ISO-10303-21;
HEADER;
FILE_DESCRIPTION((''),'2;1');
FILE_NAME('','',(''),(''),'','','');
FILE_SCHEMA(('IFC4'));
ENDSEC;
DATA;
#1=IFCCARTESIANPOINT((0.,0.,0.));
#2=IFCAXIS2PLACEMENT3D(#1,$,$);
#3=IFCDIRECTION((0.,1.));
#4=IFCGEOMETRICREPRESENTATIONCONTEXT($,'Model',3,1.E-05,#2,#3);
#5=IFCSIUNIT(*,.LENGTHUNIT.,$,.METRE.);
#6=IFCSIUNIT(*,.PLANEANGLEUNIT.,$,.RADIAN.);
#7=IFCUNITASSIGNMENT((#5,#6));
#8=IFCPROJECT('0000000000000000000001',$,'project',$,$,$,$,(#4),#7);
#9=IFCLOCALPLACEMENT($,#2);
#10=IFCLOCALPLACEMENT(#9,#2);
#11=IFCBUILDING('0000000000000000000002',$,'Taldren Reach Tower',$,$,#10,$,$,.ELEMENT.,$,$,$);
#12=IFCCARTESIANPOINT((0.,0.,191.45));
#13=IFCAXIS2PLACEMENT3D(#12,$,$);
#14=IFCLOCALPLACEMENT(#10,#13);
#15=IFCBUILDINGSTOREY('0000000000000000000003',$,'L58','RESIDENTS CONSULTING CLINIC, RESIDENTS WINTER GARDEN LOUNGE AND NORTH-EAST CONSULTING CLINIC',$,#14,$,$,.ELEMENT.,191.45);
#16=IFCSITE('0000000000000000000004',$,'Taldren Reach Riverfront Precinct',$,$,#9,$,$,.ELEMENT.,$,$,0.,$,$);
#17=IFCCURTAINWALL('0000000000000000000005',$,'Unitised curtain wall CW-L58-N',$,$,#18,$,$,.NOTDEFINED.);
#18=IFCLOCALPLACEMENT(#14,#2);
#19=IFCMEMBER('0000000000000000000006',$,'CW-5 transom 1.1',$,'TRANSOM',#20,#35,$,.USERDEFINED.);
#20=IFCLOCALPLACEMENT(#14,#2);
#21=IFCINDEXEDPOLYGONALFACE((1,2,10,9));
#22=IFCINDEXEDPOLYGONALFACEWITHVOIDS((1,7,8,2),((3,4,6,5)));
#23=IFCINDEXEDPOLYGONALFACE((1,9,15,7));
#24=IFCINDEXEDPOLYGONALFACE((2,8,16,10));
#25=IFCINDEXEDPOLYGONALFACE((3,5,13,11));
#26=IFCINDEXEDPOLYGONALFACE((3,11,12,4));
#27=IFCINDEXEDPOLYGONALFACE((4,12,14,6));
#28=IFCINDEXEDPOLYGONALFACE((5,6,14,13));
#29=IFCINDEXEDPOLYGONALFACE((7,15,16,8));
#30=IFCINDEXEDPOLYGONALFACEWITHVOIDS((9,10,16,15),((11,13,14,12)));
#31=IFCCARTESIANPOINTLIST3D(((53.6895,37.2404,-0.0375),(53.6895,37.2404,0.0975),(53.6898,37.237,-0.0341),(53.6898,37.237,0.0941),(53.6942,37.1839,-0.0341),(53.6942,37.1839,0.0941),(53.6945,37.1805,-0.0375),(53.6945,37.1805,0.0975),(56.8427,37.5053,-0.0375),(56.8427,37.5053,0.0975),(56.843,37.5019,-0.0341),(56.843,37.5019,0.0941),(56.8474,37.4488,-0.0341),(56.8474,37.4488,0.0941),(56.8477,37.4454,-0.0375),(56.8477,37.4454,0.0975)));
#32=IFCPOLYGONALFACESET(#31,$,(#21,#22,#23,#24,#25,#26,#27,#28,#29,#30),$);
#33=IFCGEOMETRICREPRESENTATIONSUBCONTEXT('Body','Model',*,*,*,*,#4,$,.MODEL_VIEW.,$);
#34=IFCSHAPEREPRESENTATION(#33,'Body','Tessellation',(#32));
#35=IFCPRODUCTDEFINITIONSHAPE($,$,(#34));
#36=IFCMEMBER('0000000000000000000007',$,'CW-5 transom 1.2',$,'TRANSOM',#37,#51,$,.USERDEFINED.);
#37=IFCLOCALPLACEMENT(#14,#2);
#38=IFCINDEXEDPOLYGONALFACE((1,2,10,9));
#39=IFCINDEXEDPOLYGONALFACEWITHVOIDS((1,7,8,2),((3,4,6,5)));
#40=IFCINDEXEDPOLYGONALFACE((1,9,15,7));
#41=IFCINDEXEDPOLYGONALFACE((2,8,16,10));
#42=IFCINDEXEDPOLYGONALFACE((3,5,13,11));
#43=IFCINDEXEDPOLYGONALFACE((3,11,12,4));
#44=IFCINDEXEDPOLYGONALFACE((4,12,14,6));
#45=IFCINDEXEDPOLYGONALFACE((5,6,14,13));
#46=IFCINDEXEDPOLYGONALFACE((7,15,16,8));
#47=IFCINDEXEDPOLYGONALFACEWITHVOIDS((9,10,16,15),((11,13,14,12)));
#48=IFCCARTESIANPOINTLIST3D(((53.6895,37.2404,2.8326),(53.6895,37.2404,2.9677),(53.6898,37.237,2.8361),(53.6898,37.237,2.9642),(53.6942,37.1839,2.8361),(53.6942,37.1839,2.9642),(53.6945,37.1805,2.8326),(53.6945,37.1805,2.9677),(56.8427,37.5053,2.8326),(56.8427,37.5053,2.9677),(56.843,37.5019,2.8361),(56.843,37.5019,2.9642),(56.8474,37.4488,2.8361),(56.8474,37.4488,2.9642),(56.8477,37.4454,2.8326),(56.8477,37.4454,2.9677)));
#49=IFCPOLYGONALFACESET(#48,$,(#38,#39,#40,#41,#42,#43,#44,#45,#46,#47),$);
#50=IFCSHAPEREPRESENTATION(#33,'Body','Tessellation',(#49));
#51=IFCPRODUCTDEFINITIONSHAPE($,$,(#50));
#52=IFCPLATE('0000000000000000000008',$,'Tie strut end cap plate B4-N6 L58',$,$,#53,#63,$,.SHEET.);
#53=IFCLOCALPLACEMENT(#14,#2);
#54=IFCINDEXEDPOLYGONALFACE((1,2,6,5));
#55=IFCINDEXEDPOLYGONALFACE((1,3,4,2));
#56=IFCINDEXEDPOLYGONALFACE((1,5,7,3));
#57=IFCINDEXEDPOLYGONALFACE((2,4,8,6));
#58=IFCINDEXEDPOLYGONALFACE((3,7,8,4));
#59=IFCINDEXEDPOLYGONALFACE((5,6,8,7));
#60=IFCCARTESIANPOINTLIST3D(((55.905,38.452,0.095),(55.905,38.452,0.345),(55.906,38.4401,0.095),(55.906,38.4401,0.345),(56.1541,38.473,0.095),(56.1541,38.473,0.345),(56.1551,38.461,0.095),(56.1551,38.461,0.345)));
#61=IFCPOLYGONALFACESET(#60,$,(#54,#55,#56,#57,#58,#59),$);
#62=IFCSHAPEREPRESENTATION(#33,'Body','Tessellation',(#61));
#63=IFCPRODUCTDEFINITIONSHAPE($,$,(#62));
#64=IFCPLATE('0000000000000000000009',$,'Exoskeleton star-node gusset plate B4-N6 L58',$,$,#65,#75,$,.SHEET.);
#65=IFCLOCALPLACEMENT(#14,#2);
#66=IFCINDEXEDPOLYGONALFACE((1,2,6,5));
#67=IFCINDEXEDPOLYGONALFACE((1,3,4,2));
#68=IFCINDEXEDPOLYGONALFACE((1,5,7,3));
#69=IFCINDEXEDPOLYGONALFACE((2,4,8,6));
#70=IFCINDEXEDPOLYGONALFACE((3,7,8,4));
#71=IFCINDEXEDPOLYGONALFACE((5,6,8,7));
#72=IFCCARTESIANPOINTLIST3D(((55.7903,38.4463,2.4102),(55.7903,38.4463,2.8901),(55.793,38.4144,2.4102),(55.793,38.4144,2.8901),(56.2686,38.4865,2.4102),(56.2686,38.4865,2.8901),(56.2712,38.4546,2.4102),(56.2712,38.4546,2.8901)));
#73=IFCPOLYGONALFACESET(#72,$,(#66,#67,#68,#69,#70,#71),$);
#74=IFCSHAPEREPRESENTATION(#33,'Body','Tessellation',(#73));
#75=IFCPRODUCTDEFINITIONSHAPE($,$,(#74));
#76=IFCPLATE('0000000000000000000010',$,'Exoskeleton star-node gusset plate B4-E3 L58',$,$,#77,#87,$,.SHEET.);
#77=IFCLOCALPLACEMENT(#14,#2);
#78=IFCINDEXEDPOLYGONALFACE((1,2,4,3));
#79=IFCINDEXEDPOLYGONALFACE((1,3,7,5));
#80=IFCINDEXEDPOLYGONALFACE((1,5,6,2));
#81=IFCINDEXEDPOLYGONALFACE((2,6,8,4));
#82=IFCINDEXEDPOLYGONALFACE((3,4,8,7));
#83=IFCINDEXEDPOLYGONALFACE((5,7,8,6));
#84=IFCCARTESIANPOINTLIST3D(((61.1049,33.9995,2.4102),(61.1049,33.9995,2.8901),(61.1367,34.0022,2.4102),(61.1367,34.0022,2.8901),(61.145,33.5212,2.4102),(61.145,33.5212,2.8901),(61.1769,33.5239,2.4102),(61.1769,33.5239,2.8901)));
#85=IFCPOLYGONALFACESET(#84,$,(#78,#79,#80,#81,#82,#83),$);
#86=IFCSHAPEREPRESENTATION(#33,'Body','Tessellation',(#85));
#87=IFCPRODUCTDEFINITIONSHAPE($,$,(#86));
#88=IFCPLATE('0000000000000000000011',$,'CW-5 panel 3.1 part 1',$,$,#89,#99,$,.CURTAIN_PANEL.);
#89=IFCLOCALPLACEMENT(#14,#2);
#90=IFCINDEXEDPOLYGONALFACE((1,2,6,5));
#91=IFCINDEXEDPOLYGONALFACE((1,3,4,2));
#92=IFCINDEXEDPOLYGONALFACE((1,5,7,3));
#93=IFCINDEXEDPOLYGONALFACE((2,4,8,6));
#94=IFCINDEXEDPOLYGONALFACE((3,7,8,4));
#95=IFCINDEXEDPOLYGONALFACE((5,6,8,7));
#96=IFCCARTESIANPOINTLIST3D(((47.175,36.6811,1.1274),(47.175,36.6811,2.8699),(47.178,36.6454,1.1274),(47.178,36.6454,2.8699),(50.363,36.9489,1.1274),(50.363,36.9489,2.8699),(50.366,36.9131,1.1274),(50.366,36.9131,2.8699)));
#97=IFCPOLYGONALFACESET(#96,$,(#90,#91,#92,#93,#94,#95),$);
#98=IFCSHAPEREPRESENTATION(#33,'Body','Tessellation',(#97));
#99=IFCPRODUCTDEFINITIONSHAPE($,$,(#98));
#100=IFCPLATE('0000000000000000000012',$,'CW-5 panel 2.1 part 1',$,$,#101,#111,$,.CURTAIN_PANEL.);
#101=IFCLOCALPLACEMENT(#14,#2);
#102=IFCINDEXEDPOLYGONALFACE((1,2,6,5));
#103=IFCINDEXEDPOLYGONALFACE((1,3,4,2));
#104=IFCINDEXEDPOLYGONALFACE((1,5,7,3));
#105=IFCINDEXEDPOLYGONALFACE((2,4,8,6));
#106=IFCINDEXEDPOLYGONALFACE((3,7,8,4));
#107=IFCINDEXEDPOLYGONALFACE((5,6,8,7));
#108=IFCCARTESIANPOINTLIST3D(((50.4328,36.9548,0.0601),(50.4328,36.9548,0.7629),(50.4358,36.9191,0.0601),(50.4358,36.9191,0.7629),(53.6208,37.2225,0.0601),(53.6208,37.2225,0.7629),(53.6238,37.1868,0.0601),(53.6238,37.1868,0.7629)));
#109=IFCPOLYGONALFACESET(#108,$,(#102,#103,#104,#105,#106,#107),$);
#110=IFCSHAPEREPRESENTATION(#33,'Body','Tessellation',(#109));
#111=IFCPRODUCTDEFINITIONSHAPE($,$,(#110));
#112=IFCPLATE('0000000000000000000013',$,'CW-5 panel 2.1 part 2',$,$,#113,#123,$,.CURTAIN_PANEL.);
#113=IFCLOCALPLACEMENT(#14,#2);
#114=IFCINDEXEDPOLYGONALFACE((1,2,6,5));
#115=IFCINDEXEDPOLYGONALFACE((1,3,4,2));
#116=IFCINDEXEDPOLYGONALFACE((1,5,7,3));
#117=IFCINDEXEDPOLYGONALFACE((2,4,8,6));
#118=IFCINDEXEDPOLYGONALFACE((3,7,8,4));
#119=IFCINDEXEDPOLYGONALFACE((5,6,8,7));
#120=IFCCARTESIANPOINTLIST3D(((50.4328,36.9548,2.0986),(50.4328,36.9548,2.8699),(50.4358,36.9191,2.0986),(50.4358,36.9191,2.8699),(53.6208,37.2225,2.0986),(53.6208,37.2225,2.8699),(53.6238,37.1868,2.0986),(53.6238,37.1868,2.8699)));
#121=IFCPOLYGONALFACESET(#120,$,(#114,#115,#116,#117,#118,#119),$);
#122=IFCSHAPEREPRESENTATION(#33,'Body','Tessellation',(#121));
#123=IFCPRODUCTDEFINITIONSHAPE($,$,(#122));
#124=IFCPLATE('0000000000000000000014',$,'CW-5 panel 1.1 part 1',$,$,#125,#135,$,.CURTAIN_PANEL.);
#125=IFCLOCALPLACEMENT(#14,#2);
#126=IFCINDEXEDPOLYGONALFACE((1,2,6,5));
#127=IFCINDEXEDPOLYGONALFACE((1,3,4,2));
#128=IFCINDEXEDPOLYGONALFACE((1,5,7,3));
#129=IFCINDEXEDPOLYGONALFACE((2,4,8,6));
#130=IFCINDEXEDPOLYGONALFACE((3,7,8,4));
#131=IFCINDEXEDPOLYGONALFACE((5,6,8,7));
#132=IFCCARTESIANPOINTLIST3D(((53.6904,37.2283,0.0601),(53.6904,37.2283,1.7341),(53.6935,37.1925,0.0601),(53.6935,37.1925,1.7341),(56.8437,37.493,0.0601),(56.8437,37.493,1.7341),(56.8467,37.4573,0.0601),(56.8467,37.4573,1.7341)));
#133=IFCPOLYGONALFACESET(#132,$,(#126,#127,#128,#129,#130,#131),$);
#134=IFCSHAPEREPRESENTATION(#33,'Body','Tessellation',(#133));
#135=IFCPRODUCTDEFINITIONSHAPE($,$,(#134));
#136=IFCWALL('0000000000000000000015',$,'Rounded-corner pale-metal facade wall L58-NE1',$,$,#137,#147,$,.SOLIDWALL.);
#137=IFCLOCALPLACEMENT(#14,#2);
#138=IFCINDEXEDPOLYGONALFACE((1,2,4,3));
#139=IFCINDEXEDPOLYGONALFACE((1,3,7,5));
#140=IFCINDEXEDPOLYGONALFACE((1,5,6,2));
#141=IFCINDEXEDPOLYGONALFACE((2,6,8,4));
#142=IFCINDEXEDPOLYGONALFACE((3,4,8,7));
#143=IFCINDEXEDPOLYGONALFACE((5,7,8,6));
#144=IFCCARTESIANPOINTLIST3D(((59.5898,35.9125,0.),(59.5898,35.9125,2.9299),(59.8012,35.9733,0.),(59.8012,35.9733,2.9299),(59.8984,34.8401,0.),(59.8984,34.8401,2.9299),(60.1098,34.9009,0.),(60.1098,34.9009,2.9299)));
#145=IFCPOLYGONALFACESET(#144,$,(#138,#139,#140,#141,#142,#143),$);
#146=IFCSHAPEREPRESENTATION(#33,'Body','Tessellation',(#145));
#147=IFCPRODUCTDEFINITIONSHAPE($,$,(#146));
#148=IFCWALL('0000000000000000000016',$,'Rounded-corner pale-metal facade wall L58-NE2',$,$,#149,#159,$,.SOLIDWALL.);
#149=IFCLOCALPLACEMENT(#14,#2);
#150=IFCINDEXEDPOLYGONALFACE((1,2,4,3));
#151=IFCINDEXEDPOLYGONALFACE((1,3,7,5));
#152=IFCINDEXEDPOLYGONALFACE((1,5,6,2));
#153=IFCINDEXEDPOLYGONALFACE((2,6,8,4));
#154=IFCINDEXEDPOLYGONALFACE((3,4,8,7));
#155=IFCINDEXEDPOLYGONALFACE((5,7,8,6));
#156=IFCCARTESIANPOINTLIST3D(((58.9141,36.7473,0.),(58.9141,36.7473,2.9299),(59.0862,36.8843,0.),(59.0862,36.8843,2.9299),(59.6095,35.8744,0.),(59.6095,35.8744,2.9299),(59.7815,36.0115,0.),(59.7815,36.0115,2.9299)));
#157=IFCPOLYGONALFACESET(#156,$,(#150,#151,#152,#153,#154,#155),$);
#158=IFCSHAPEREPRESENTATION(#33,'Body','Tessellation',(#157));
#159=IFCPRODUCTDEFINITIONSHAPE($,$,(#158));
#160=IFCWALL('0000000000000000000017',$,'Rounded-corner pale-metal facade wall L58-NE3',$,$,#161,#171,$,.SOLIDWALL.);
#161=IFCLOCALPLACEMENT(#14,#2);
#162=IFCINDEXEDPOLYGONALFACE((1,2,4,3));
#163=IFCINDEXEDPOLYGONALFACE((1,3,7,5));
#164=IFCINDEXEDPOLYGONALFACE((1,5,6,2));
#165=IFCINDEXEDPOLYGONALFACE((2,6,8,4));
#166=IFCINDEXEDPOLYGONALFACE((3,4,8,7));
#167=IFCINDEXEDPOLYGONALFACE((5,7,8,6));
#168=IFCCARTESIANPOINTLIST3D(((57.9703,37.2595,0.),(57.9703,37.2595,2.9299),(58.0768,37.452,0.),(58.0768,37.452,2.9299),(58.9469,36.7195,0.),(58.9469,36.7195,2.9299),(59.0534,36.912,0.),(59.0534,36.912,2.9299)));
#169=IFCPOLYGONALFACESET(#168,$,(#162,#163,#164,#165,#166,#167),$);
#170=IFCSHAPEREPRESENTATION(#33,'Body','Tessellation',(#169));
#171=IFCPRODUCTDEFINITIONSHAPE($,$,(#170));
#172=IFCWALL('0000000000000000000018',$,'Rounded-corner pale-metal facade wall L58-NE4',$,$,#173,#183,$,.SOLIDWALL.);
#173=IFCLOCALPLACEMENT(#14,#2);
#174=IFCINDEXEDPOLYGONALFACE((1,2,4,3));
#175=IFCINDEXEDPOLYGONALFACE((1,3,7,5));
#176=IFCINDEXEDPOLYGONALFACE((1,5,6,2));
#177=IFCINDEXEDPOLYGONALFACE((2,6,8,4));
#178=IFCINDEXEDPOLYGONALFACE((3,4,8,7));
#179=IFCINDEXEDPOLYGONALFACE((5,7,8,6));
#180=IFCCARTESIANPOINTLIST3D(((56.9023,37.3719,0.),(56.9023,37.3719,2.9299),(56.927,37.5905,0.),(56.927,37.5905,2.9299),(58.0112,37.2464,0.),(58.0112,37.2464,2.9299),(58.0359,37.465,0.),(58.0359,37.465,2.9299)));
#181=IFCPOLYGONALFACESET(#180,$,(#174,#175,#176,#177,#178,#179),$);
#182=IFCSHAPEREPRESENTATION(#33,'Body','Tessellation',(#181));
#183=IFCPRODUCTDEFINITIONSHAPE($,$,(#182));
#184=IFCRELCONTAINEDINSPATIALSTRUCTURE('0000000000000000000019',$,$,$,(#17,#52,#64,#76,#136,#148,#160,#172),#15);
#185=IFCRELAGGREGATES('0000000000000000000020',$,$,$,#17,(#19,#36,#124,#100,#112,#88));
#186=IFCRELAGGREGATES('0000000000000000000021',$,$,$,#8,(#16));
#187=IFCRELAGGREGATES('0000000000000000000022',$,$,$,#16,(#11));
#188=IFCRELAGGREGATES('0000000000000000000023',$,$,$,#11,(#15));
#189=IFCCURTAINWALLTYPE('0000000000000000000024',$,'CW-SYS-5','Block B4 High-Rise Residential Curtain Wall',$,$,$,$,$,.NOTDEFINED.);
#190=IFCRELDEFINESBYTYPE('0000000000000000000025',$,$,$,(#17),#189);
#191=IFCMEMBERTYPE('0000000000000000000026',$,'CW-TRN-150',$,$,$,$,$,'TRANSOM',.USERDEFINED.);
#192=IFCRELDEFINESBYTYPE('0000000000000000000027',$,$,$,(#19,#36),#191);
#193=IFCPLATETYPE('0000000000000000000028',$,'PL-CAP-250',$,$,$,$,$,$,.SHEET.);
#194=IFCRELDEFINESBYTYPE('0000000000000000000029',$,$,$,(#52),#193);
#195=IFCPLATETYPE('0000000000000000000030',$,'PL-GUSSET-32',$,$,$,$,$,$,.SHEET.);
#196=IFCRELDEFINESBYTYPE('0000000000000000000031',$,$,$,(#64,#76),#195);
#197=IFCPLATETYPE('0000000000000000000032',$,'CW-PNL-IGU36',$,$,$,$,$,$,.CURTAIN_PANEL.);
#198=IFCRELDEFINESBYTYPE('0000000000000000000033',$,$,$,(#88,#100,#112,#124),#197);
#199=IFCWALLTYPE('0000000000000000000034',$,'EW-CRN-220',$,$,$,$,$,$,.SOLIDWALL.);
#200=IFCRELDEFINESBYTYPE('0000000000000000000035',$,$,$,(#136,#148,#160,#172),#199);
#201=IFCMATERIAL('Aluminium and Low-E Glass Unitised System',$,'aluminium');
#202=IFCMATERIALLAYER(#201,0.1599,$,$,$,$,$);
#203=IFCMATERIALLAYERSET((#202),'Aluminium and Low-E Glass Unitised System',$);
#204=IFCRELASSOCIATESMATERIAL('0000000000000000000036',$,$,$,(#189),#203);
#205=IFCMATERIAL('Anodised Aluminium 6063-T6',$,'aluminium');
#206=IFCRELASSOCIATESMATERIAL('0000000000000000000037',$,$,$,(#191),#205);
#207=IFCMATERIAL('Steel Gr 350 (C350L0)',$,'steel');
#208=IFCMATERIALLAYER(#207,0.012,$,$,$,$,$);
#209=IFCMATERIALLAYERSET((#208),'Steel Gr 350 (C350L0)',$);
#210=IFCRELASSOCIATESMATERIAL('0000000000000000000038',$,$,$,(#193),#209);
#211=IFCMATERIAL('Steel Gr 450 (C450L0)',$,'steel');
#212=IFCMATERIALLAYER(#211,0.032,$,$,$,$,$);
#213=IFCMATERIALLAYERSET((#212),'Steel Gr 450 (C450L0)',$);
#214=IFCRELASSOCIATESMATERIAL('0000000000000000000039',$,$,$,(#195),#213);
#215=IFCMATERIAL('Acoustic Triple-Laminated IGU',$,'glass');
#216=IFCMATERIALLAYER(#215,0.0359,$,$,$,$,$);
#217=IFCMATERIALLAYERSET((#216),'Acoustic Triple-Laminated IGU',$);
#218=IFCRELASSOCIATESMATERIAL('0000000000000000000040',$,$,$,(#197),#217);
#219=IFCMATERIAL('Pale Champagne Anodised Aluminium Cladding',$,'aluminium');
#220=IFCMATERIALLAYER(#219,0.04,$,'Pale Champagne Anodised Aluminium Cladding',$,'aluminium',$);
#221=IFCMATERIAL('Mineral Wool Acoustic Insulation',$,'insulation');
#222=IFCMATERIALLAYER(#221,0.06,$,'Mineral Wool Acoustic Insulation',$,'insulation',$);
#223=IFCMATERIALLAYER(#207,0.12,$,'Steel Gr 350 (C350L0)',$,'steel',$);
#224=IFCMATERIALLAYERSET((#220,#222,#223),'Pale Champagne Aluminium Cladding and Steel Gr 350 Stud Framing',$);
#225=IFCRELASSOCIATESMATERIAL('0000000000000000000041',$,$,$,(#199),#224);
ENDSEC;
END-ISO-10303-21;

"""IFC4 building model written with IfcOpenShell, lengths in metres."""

from ifc_helpers import new_model, si_unit, direction, frame, frame_2d, origin, origin_2d, place, context, subcontext, project, spatial, rectangle, hollow_rectangle, extrude, source, transform, mapped, material, layer, layer_set, material_profile, profile_set, type_object, element, aggregate, save


model = new_model("IFC4")

# Units and contexts
model_context = context("Model", 3, precision=1e-05, world=origin(), true_north=direction((0.0, 1.0)))
body_context = subcontext(model_context, "Body", "Model", "MODEL_VIEW")
ifc_project = project(units=[si_unit("LENGTHUNIT", "METRE"), si_unit("PLANEANGLEUNIT", "RADIAN")], contexts=[model_context])

# Site, building, storey
site_placement = place(None, origin())
site = spatial("IfcSite", under=ifc_project, at=site_placement, Name="Taldren Reach Riverfront Precinct", CompositionType="ELEMENT", RefElevation=0.0)
building_placement = place(site_placement, origin())
building = spatial("IfcBuilding", under=site, at=building_placement, Name="Taldren Reach Tower", CompositionType="ELEMENT")
storey_placement = place(building_placement, frame((0.0, 0.0, 191.45)))
storey = spatial("IfcBuildingStorey", under=building, at=storey_placement, Name="L58", Description="RESIDENTS CONSULTING CLINIC, RESIDENTS WINTER GARDEN LOUNGE AND NORTH-EAST CONSULTING CLINIC", CompositionType="ELEMENT", Elevation=191.45)

# Shared definitions
ifc_material_1 = material(Name="Steel Gr 350 (C350L0)", Category="steel")

# Shared definitions
ifc_material_2 = material(Name="Steel Gr 450 (C450L0)", Category="steel")

# Curtain wall
ifc_material_3 = material(Name="Aluminium and Low-E Glass Unitised System", Category="aluminium")
ifc_layer_1 = layer(ifc_material_3, 0.1599)
ifc_layer_set_1 = layer_set([ifc_layer_1], Name="Aluminium and Low-E Glass Unitised System")
curtain_wall_type = type_object("IfcCurtainWallType", Name="CW-SYS-5", Description="Block B4 High-Rise Residential Curtain Wall", PredefinedType="NOTDEFINED", material=ifc_layer_set_1)
curtain_wall_1_placement = place(storey_placement, origin())
curtain_wall_1 = element("IfcCurtainWall", 1, at=curtain_wall_1_placement, inside=storey, type_object=curtain_wall_type, Name="Unitised curtain wall CW-L58-N", PredefinedType="NOTDEFINED")
ifc_material_4 = material(Name="Anodised Aluminium 6063-T6", Category="aluminium")

# Members
ifc_material_profile_1 = material_profile(ifc_material_4, hollow_rectangle(XDim=0.0601, YDim=0.135, WallThickness=0.0034, at=origin_2d()), Name="ALU-135x60x3.5RHS")
ifc_profile_set_1 = profile_set([ifc_material_profile_1], Name="Anodised Aluminium 6063-T6")
member_type_1 = type_object("IfcMemberType", Name="CW-TRN-150", ElementType="TRANSOM", PredefinedType="USERDEFINED", material=ifc_profile_set_1)
shared_shape_1 = source(origin(), body_context, "Body", "SweptSolid", [
    extrude(hollow_rectangle(XDim=0.0601, YDim=0.135, WallThickness=0.0034, at=origin_2d()), origin(), (0.0, 0.0, 1.0), 3.1643),
])
member_1_placement = place(storey_placement, frame((56.8452, 37.4753, 0.03), z_axis=(-0.99649, -0.083709, 0.0), x_axis=(0.083709, -0.99649, 0.0)))
member_1 = element("IfcMember", 2, at=member_1_placement, type_object=member_type_1, Name="CW-5 transom 1.1", ObjectType="TRANSOM", PredefinedType="USERDEFINED", context=body_context, shape_type="MappedRepresentation", body=[
    mapped(shared_shape_1, transform((0.0, 0.0, 0.0), scale=1.0)),
])
member_2_placement = place(storey_placement, frame((56.8452, 37.4753, 2.9001), z_axis=(-0.99649, -0.083709, 0.0), x_axis=(0.083709, -0.99649, 0.0)))
member_2 = element("IfcMember", 3, at=member_2_placement, type_object=member_type_1, Name="CW-5 transom 1.2", ObjectType="TRANSOM", PredefinedType="USERDEFINED", context=body_context, shape_type="MappedRepresentation", body=[
    mapped(shared_shape_1, transform((0.0, 0.0, 0.0), scale=1.0)),
])

# Plates
ifc_layer_2 = layer(ifc_material_1, 0.012)
ifc_layer_set_2 = layer_set([ifc_layer_2], Name="Steel Gr 350 (C350L0)")
plate_type_1 = type_object("IfcPlateType", Name="PL-CAP-250", PredefinedType="SHEET", material=ifc_layer_set_2)
shared_shape_2 = source(origin(), body_context, "Body", "SweptSolid", [
    extrude(rectangle(XDim=0.25, YDim=0.012, at=origin_2d()), origin(), (0.0, 0.0, 1.0), 0.25),
])
plate_1_placement = place(storey_placement, frame((56.03, 38.4565, 0.095), z_axis=(0.0, 0.0, 1.0), x_axis=(0.996493, 0.083678, 0.0)))
element("IfcPlate", 4, at=plate_1_placement, inside=storey, type_object=plate_type_1, Name="Tie strut end cap plate B4-N6 L58", PredefinedType="SHEET", context=body_context, shape_type="MappedRepresentation", body=[
    mapped(shared_shape_2, transform((0.0, 0.0, 0.0), scale=1.0)),
])
ifc_layer_3 = layer(ifc_material_2, 0.032)
ifc_layer_set_3 = layer_set([ifc_layer_3], Name="Steel Gr 450 (C450L0)")
plate_type_2 = type_object("IfcPlateType", Name="PL-GUSSET-32", PredefinedType="SHEET", material=ifc_layer_set_3)
shared_shape_3 = source(origin(), body_context, "Body", "SweptSolid", [
    extrude(rectangle(XDim=0.48, YDim=0.032, at=origin_2d()), origin(), (0.0, 0.0, 1.0), 0.48),
])
for number, where, z_axis, x_axis, name in (
    (5, (56.0308, 38.4504, 2.4102), (0.0, 0.0, 1.0), (0.996493, 0.083678, 0.0), "Exoskeleton star-node gusset plate B4-N6 L58"),
    (6, (61.1409, 33.7617, 2.4102), (0.0, 0.0, 1.0), (-0.083678, 0.996493, 0.0), "Exoskeleton star-node gusset plate B4-E3 L58"),
):
    element("IfcPlate", number, at=place(storey_placement, frame(where, z_axis=z_axis, x_axis=x_axis)), inside=storey, type_object=plate_type_2, Name=name, PredefinedType="SHEET", context=body_context, shape_type="MappedRepresentation", body=[
        mapped(shared_shape_3, transform((0.0, 0.0, 0.0), scale=1.0)),
    ])

# Plates
ifc_material_5 = material(Name="Acoustic Triple-Laminated IGU", Category="glass")
ifc_layer_4 = layer(ifc_material_5, 0.0359)
ifc_layer_set_4 = layer_set([ifc_layer_4], Name="Acoustic Triple-Laminated IGU")
plate_type_3 = type_object("IfcPlateType", Name="CW-PNL-IGU36", PredefinedType="CURTAIN_PANEL", material=ifc_layer_set_4)
shared_shape_4 = source(origin(), body_context, "Body", "SweptSolid", [
    extrude(rectangle(XDim=3.1992, YDim=0.0359, at=origin_2d()), origin(), (0.0, 0.0, 1.0), 1.7424),
])
plate_2_placement = place(storey_placement, frame((48.7705, 36.7971, 1.1274), z_axis=(0.0, 0.0, 1.0), x_axis=(-0.996493, -0.083678, 0.0)))
plate_2 = element("IfcPlate", 7, at=plate_2_placement, type_object=plate_type_3, Name="CW-5 panel 3.1 part 1", PredefinedType="CURTAIN_PANEL", context=body_context, shape_type="MappedRepresentation", body=[
    mapped(shared_shape_4, transform((0.0, 0.0, 0.0), scale=1.0)),
])
shared_shape_5 = source(origin(), body_context, "Body", "SweptSolid", [
    extrude(rectangle(XDim=3.1992, YDim=0.0359, at=origin_2d()), origin(), (0.0, 0.0, 1.0), 0.7029),
])
plate_3_placement = place(storey_placement, frame((52.0283, 37.0708, 0.0601), z_axis=(0.0, 0.0, 1.0), x_axis=(-0.996493, -0.083678, 0.0)))
plate_3 = element("IfcPlate", 8, at=plate_3_placement, type_object=plate_type_3, Name="CW-5 panel 2.1 part 1", PredefinedType="CURTAIN_PANEL", context=body_context, shape_type="MappedRepresentation", body=[
    mapped(shared_shape_5, transform((0.0, 0.0, 0.0), scale=1.0)),
])
shared_shape_6 = source(origin(), body_context, "Body", "SweptSolid", [
    extrude(rectangle(XDim=3.1992, YDim=0.0359, at=origin_2d()), origin(), (0.0, 0.0, 1.0), 0.7712),
])
plate_4_placement = place(storey_placement, frame((52.0283, 37.0708, 2.0986), z_axis=(0.0, 0.0, 1.0), x_axis=(-0.996493, -0.083678, 0.0)))
plate_4 = element("IfcPlate", 9, at=plate_4_placement, type_object=plate_type_3, Name="CW-5 panel 2.1 part 2", PredefinedType="CURTAIN_PANEL", context=body_context, shape_type="MappedRepresentation", body=[
    mapped(shared_shape_6, transform((0.0, 0.0, 0.0), scale=1.0)),
])
shared_shape_7 = source(origin(), body_context, "Body", "SweptSolid", [
    extrude(rectangle(XDim=3.1643, YDim=0.0359, at=origin_2d()), origin(), (0.0, 0.0, 1.0), 1.6741),
])
plate_5_placement = place(storey_placement, frame((55.2686, 37.3428, 0.0601), z_axis=(0.0, 0.0, 1.0), x_axis=(-0.996493, -0.083678, 0.0)))
plate_5 = element("IfcPlate", 10, at=plate_5_placement, type_object=plate_type_3, Name="CW-5 panel 1.1 part 1", PredefinedType="CURTAIN_PANEL", context=body_context, shape_type="MappedRepresentation", body=[
    mapped(shared_shape_7, transform((0.0, 0.0, 0.0), scale=1.0)),
])
aggregate(curtain_wall_1, [member_1, member_2, plate_5, plate_3, plate_4, plate_2])

# Walls
ifc_material_6 = material(Name="Pale Champagne Anodised Aluminium Cladding", Category="aluminium")
ifc_layer_5 = layer(ifc_material_6, 0.04, Name="Pale Champagne Anodised Aluminium Cladding", Category="aluminium")
ifc_material_7 = material(Name="Mineral Wool Acoustic Insulation", Category="insulation")
ifc_layer_6 = layer(ifc_material_7, 0.06, Name="Mineral Wool Acoustic Insulation", Category="insulation")
ifc_layer_7 = layer(ifc_material_1, 0.12, Name="Steel Gr 350 (C350L0)", Category="steel")
ifc_layer_set_5 = layer_set([ifc_layer_5, ifc_layer_6, ifc_layer_7], Name="Pale Champagne Aluminium Cladding and Steel Gr 350 Stud Framing")
wall_type = type_object("IfcWallType", Name="EW-CRN-220", PredefinedType="SOLIDWALL", material=ifc_layer_set_5)
shared_shape_8 = source(origin(), body_context, "Body", "SweptSolid", [
    extrude(rectangle(XDim=1.116, YDim=0.22, at=frame_2d((0.5581, 0.0))), origin(), (0.0, 0.0, 1.0), 2.9299),
])
for number, where, z_axis, x_axis, name in (
    (11, (60.0042, 34.8704, 0.0), (0.0, 0.0, 1.0), (-0.276512, 0.96101, 0.0), "Rounded-corner pale-metal facade wall L58-NE1"),
    (12, (59.6956, 35.9429, 0.0), (0.0, 0.0, 1.0), (-0.623093, 0.782148, 0.0), "Rounded-corner pale-metal facade wall L58-NE2"),
    (13, (59.0002, 36.8157, 0.0), (0.0, 0.0, 1.0), (-0.875105, 0.483933, 0.0), "Rounded-corner pale-metal facade wall L58-NE3"),
    (14, (58.0237, 37.3557, 0.0), (0.0, 0.0, 1.0), (-0.993658, 0.112448, 0.0), "Rounded-corner pale-metal facade wall L58-NE4"),
):
    element("IfcWall", number, at=place(storey_placement, frame(where, z_axis=z_axis, x_axis=x_axis)), inside=storey, type_object=wall_type, Name=name, PredefinedType="SOLIDWALL", context=body_context, shape_type="MappedRepresentation", body=[
        mapped(shared_shape_8, transform((0.0, 0.0, 0.0), scale=1.0)),
    ])

save(model, "model.ifc")
